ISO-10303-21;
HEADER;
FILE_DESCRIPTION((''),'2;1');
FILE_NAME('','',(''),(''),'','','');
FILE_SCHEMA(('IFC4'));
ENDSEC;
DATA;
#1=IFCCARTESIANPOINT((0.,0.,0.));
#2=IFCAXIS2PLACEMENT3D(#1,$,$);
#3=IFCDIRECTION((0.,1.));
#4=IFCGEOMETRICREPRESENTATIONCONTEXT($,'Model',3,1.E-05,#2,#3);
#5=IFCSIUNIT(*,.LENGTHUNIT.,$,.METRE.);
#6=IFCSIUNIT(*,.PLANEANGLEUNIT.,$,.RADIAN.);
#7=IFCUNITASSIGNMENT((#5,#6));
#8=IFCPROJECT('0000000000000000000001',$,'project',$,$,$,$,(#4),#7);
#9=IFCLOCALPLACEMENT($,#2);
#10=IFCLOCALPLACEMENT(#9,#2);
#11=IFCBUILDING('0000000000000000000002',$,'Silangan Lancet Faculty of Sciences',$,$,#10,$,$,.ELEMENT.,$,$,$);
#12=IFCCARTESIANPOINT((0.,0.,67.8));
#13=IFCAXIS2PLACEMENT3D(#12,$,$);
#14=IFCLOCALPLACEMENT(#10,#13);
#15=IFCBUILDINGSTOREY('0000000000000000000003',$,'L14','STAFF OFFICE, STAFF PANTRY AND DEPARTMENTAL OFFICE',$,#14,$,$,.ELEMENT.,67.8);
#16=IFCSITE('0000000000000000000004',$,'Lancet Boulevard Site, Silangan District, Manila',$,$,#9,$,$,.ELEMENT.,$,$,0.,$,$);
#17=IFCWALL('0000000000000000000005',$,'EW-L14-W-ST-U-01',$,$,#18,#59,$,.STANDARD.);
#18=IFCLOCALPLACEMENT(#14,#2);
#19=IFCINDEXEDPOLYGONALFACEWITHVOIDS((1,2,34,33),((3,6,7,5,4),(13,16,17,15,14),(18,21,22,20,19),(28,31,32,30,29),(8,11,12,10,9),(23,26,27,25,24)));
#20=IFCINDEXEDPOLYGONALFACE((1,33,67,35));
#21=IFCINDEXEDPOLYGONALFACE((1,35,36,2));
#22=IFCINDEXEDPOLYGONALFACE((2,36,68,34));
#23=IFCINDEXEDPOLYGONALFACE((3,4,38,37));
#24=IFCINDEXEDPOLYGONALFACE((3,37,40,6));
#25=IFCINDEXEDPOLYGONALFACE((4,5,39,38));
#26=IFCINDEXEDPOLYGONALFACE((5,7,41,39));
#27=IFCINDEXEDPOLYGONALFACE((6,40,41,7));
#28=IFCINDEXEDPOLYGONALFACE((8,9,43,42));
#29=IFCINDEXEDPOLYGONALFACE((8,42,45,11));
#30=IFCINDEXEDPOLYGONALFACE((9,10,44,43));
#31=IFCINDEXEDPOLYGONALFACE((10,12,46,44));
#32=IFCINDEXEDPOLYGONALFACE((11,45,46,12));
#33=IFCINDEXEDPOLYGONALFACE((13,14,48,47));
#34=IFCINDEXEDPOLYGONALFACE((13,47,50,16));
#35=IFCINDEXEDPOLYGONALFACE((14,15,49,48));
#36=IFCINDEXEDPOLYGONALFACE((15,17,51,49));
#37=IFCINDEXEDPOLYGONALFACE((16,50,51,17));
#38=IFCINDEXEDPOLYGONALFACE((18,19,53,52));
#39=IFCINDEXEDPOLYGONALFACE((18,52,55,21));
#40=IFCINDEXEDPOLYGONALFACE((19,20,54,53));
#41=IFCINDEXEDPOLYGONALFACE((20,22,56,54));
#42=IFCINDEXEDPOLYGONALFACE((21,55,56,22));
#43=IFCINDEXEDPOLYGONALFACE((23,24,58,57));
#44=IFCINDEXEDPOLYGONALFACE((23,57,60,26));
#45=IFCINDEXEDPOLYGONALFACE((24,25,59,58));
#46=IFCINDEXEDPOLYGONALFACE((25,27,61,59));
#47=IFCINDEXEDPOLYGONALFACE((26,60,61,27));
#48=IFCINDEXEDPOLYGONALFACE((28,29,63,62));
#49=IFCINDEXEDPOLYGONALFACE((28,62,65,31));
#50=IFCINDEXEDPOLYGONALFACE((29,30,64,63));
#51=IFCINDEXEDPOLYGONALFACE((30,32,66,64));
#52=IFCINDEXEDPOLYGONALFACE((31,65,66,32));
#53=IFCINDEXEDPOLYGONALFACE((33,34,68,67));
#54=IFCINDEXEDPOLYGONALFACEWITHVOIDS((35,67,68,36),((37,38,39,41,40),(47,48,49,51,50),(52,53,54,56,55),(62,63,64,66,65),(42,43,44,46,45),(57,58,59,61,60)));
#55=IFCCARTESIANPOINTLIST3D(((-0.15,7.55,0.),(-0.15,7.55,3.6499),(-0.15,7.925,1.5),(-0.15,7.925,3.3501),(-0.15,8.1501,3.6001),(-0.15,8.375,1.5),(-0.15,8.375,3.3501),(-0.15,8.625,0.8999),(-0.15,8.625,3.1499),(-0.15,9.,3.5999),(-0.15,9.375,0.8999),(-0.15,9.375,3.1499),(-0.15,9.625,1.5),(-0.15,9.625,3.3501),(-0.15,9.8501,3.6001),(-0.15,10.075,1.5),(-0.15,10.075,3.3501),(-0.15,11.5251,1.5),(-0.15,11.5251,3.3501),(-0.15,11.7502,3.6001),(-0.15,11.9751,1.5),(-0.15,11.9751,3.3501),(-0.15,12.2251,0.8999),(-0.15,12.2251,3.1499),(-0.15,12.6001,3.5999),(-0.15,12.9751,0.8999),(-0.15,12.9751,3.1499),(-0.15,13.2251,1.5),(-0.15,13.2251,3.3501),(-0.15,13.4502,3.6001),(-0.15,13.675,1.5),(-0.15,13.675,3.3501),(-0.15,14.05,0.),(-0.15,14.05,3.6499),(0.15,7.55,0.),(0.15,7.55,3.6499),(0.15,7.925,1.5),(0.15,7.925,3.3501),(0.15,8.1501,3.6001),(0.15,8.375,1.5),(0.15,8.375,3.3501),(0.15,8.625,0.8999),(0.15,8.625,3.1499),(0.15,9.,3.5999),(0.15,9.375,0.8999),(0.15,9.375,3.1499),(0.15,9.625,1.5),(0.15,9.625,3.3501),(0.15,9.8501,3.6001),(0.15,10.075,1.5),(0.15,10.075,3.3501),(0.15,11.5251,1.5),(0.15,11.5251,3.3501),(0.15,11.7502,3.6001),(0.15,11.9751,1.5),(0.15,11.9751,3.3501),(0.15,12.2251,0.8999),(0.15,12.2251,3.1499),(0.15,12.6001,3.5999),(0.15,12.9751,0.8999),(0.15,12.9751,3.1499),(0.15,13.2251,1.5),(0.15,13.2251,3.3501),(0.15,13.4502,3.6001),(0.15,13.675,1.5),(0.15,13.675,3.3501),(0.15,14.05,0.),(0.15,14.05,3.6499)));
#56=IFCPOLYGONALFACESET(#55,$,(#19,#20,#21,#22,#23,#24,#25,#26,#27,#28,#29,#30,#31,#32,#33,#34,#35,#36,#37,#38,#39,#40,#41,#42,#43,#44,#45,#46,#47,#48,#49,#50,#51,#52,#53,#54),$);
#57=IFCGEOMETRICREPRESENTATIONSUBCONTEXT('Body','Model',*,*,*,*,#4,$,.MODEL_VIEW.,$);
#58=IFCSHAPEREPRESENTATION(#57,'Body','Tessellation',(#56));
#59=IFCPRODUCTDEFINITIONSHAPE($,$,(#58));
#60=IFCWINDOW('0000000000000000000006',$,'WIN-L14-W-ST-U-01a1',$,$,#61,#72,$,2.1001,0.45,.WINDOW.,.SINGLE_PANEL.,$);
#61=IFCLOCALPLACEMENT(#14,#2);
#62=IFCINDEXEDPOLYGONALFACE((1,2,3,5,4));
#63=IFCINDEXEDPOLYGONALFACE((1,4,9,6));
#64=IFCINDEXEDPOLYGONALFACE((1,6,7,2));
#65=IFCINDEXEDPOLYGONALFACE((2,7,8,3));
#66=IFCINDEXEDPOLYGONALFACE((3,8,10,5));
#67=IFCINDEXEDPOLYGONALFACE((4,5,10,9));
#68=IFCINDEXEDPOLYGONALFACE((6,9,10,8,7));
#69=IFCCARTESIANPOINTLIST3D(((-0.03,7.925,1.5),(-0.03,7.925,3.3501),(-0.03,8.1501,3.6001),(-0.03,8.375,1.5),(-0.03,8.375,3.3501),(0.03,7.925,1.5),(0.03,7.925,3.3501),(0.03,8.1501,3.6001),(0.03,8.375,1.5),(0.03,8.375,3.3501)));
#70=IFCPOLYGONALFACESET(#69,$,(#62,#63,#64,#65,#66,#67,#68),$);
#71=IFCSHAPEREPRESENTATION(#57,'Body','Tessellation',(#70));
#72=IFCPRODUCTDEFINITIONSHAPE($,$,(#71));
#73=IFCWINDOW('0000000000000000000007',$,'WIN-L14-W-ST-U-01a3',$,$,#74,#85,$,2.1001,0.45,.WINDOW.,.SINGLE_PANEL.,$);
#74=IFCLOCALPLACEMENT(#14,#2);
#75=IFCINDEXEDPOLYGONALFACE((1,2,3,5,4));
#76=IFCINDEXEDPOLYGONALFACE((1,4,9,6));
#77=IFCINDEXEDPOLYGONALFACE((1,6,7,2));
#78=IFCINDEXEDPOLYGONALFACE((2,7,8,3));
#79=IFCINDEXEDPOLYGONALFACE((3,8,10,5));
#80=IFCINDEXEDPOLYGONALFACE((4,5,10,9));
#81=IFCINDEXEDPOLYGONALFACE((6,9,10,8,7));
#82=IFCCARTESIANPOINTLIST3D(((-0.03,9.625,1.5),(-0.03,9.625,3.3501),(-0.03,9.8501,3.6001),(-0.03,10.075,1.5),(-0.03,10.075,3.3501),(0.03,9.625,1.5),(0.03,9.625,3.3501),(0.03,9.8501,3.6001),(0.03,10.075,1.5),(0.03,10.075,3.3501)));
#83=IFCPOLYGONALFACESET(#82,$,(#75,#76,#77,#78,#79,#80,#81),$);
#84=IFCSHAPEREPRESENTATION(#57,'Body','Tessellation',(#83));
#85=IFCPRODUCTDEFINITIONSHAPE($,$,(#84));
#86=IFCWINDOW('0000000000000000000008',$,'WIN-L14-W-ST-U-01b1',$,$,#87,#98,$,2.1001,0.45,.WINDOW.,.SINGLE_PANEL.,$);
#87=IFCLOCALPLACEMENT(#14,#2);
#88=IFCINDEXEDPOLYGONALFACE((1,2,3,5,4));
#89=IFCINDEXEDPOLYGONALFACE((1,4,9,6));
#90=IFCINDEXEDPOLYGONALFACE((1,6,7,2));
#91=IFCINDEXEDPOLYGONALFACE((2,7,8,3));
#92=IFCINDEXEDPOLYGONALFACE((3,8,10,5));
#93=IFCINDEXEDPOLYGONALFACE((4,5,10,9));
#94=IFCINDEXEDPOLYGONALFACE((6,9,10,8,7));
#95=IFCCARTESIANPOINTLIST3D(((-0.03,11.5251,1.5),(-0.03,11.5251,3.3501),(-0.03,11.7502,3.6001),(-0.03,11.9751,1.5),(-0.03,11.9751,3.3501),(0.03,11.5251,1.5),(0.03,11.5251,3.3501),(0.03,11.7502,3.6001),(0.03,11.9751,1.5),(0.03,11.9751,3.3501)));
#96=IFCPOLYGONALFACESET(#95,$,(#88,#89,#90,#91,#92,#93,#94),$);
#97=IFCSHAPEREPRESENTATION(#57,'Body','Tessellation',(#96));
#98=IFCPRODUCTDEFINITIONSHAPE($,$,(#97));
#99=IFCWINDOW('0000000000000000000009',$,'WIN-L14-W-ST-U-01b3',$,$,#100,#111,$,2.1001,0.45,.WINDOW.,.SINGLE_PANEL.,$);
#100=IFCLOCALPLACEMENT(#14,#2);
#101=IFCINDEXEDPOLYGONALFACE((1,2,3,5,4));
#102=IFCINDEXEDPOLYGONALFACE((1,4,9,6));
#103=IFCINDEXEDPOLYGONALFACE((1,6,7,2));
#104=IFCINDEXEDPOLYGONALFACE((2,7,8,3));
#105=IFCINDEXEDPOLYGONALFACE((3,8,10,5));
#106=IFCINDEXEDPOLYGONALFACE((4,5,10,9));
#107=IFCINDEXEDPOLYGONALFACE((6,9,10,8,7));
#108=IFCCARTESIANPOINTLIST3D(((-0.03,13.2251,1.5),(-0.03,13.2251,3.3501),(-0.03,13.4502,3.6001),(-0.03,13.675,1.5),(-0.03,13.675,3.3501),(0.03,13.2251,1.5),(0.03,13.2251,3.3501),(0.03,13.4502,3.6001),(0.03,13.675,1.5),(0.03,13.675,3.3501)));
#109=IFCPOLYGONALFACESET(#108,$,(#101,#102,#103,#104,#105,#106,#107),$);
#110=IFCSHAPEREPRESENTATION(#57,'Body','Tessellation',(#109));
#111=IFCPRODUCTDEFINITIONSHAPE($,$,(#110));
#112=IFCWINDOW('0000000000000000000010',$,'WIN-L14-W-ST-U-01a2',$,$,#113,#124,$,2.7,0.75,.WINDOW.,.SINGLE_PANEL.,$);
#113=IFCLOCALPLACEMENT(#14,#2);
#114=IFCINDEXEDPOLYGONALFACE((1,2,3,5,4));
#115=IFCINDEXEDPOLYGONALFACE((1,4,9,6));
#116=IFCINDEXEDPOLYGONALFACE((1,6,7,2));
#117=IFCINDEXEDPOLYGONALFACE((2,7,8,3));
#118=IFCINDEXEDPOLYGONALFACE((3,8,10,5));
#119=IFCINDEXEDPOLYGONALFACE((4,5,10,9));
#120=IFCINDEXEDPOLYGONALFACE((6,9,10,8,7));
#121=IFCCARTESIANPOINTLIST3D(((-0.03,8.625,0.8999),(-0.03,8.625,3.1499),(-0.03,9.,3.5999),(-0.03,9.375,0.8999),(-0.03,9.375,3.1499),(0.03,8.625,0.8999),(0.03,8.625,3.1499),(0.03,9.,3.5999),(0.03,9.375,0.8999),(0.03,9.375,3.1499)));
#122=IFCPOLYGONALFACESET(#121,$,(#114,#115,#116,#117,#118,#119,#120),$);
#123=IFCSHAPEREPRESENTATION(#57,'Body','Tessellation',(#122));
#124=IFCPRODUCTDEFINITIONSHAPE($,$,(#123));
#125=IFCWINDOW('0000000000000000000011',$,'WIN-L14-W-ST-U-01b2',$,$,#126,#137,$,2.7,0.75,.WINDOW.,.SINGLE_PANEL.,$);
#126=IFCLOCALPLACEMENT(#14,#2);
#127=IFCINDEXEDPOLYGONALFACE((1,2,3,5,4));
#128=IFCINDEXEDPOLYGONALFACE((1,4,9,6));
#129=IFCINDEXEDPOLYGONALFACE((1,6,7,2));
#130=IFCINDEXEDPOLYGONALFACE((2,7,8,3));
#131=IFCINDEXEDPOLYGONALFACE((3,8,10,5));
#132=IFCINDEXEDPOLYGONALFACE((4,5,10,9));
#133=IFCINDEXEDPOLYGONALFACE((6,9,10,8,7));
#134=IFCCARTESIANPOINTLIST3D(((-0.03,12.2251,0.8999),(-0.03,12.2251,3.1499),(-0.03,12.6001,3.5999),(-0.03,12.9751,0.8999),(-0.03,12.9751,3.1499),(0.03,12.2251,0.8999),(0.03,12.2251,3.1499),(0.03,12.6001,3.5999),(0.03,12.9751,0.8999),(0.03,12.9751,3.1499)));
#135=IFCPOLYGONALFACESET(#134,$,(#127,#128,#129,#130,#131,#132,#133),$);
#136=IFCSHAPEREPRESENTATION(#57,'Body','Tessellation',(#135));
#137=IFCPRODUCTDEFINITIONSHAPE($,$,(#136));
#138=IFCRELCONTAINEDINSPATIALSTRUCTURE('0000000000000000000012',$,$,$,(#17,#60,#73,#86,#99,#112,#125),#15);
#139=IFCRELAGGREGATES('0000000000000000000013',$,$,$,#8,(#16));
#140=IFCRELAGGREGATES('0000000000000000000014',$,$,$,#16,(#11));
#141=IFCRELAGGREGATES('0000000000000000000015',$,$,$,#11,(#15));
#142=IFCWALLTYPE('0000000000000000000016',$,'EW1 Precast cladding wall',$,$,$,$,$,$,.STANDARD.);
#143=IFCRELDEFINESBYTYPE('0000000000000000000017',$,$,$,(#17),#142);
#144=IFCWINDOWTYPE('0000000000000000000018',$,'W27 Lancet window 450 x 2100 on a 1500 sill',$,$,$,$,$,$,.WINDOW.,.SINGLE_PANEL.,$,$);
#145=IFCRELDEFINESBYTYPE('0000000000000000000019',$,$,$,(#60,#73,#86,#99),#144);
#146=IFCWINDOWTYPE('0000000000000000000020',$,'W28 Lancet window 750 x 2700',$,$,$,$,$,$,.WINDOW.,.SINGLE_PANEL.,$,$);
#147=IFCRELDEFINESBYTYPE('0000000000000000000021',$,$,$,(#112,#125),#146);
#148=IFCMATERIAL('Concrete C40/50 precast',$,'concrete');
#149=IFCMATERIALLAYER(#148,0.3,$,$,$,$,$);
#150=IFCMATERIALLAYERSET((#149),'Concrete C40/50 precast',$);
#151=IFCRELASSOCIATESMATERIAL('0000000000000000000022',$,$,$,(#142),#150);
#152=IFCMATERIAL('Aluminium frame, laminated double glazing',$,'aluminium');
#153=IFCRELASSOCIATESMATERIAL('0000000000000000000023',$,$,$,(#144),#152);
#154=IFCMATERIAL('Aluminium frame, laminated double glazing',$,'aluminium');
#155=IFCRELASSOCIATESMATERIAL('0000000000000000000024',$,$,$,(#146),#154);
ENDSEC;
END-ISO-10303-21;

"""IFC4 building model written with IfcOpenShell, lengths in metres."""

from ifc_helpers import new_model, si_unit, direction, frame, frame_2d, origin, place, context, subcontext, project, spatial, polyline, rectangle, outline, extrude, material, layer, layer_set, type_object, element, fill, save


model = new_model("IFC4")

# Units and contexts
model_context = context("Model", 3, precision=1e-05, world=origin(), true_north=direction((0.0, 1.0)))
body_context = subcontext(model_context, "Body", "Model", "MODEL_VIEW")
ifc_project = project(units=[si_unit("LENGTHUNIT", "METRE"), si_unit("PLANEANGLEUNIT", "RADIAN")], contexts=[model_context])

# Site, building, storey
site_placement = place(None, origin())
site = spatial("IfcSite", under=ifc_project, at=site_placement, Name="Lancet Boulevard Site, Silangan District, Manila", CompositionType="ELEMENT", RefElevation=0.0)
building_placement = place(site_placement, origin())
building = spatial("IfcBuilding", under=site, at=building_placement, Name="Silangan Lancet Faculty of Sciences", CompositionType="ELEMENT")
storey_placement = place(building_placement, frame((0.0, 0.0, 67.8)))
storey = spatial("IfcBuildingStorey", under=building, at=storey_placement, Name="L14", Description="STAFF OFFICE, STAFF PANTRY AND DEPARTMENTAL OFFICE", CompositionType="ELEMENT", Elevation=67.8)

# Wall, openings, windows
ifc_material_1 = material(Name="Concrete C40/50 precast", Category="concrete")
ifc_layer_1 = layer(ifc_material_1, 0.3)
ifc_layer_set_1 = layer_set([ifc_layer_1], Name="Concrete C40/50 precast")
wall_type_1 = type_object("IfcWallType", Name="EW1 Precast cladding wall", PredefinedType="STANDARD", material=ifc_layer_set_1)
wall_1_placement = place(storey_placement, frame((0.0, 7.55, 0.0), z_axis=(0.0, 0.0, 1.0), x_axis=(0.0, 1.0, 0.0)))
wall_1 = element("IfcWall", 1, at=wall_1_placement, inside=storey, type_object=wall_type_1, Name="EW-L14-W-ST-U-01", PredefinedType="STANDARD", context=body_context, shape_type="SweptSolid", body=[
    extrude(rectangle(XDim=6.5, YDim=0.3, at=frame_2d((3.25, 0.0))), origin(), (0.0, 0.0, 1.0), 3.6499),
])
opening_1_placement = place(wall_1_placement, frame((0.375, 0.0, 1.5)))
opening_1 = element("IfcOpeningElement", 2, at=opening_1_placement, cuts=wall_1, PredefinedType="OPENING", context=body_context, shape_type="SweptSolid", body=[
    extrude(outline(polyline([(0.0, 0.0), (0.45, 0.0), (0.45, 1.8501), (0.2251, 2.1001), (0.0, 1.8501), (0.0, 0.0)])), frame((0.0, 0.1599, 0.0), z_axis=(0.0, -1.0, 0.0), x_axis=(1.0, 0.0, 0.0)), (0.0, 0.0, 1.0), 0.3201),
])
opening_2_placement = place(wall_1_placement, frame((1.075, 0.0, 0.8999)))
opening_2 = element("IfcOpeningElement", 3, at=opening_2_placement, cuts=wall_1, PredefinedType="OPENING", context=body_context, shape_type="SweptSolid", body=[
    extrude(outline(polyline([(0.0, 0.0), (0.75, 0.0), (0.75, 2.25), (0.375, 2.7), (0.0, 2.25), (0.0, 0.0)])), frame((0.0, 0.1599, 0.0), z_axis=(0.0, -1.0, 0.0), x_axis=(1.0, 0.0, 0.0)), (0.0, 0.0, 1.0), 0.3201),
])
opening_3_placement = place(wall_1_placement, frame((2.075, 0.0, 1.5)))
opening_3 = element("IfcOpeningElement", 4, at=opening_3_placement, cuts=wall_1, PredefinedType="OPENING", context=body_context, shape_type="SweptSolid", body=[
    extrude(outline(polyline([(0.0, 0.0), (0.45, 0.0), (0.45, 1.8501), (0.2251, 2.1001), (0.0, 1.8501), (0.0, 0.0)])), frame((0.0, 0.1599, 0.0), z_axis=(0.0, -1.0, 0.0), x_axis=(1.0, 0.0, 0.0)), (0.0, 0.0, 1.0), 0.3201),
])
opening_4_placement = place(wall_1_placement, frame((3.9751, 0.0, 1.5)))
opening_4 = element("IfcOpeningElement", 5, at=opening_4_placement, cuts=wall_1, PredefinedType="OPENING", context=body_context, shape_type="SweptSolid", body=[
    extrude(outline(polyline([(0.0, 0.0), (0.45, 0.0), (0.45, 1.8501), (0.2251, 2.1001), (0.0, 1.8501), (0.0, 0.0)])), frame((0.0, 0.1599, 0.0), z_axis=(0.0, -1.0, 0.0), x_axis=(1.0, 0.0, 0.0)), (0.0, 0.0, 1.0), 0.3201),
])
opening_5_placement = place(wall_1_placement, frame((4.675, 0.0, 0.8999)))
opening_5 = element("IfcOpeningElement", 6, at=opening_5_placement, cuts=wall_1, PredefinedType="OPENING", context=body_context, shape_type="SweptSolid", body=[
    extrude(outline(polyline([(0.0, 0.0), (0.75, 0.0), (0.75, 2.25), (0.375, 2.7), (0.0, 2.25), (0.0, 0.0)])), frame((0.0, 0.1599, 0.0), z_axis=(0.0, -1.0, 0.0), x_axis=(1.0, 0.0, 0.0)), (0.0, 0.0, 1.0), 0.3201),
])
opening_6_placement = place(wall_1_placement, frame((5.675, 0.0, 1.5)))
opening_6 = element("IfcOpeningElement", 7, at=opening_6_placement, cuts=wall_1, PredefinedType="OPENING", context=body_context, shape_type="SweptSolid", body=[
    extrude(outline(polyline([(0.0, 0.0), (0.45, 0.0), (0.45, 1.8501), (0.2251, 2.1001), (0.0, 1.8501), (0.0, 0.0)])), frame((0.0, 0.1599, 0.0), z_axis=(0.0, -1.0, 0.0), x_axis=(1.0, 0.0, 0.0)), (0.0, 0.0, 1.0), 0.3201),
])
ifc_material_2 = material(Name="Aluminium frame, laminated double glazing", Category="aluminium")
window_type_1 = type_object("IfcWindowType", Name="W27 Lancet window 450 x 2100 on a 1500 sill", PartitioningType="SINGLE_PANEL", PredefinedType="WINDOW", material=ifc_material_2)
window_1_placement = place(opening_1_placement, origin())
window_1 = element("IfcWindow", 8, at=window_1_placement, inside=storey, type_object=window_type_1, Name="WIN-L14-W-ST-U-01a1", OverallHeight=2.1001, OverallWidth=0.45, PartitioningType="SINGLE_PANEL", PredefinedType="WINDOW", context=body_context, shape_type="SweptSolid", body=[
    extrude(outline(polyline([(0.0, 0.0), (0.45, 0.0), (0.45, 1.8501), (0.2251, 2.1001), (0.0, 1.8501), (0.0, 0.0)])), frame((0.0, 0.03, 0.0), z_axis=(0.0, -1.0, 0.0), x_axis=(1.0, 0.0, 0.0)), (0.0, 0.0, 1.0), 0.0601),
])
fill(opening_1, window_1)
window_2_placement = place(opening_3_placement, origin())
window_2 = element("IfcWindow", 9, at=window_2_placement, inside=storey, type_object=window_type_1, Name="WIN-L14-W-ST-U-01a3", OverallHeight=2.1001, OverallWidth=0.45, PartitioningType="SINGLE_PANEL", PredefinedType="WINDOW", context=body_context, shape_type="SweptSolid", body=[
    extrude(outline(polyline([(0.0, 0.0), (0.45, 0.0), (0.45, 1.8501), (0.2251, 2.1001), (0.0, 1.8501), (0.0, 0.0)])), frame((0.0, 0.03, 0.0), z_axis=(0.0, -1.0, 0.0), x_axis=(1.0, 0.0, 0.0)), (0.0, 0.0, 1.0), 0.0601),
])
fill(opening_3, window_2)
window_3_placement = place(opening_4_placement, origin())
window_3 = element("IfcWindow", 10, at=window_3_placement, inside=storey, type_object=window_type_1, Name="WIN-L14-W-ST-U-01b1", OverallHeight=2.1001, OverallWidth=0.45, PartitioningType="SINGLE_PANEL", PredefinedType="WINDOW", context=body_context, shape_type="SweptSolid", body=[
    extrude(outline(polyline([(0.0, 0.0), (0.45, 0.0), (0.45, 1.8501), (0.2251, 2.1001), (0.0, 1.8501), (0.0, 0.0)])), frame((0.0, 0.03, 0.0), z_axis=(0.0, -1.0, 0.0), x_axis=(1.0, 0.0, 0.0)), (0.0, 0.0, 1.0), 0.0601),
])
fill(opening_4, window_3)
window_4_placement = place(opening_6_placement, origin())
window_4 = element("IfcWindow", 11, at=window_4_placement, inside=storey, type_object=window_type_1, Name="WIN-L14-W-ST-U-01b3", OverallHeight=2.1001, OverallWidth=0.45, PartitioningType="SINGLE_PANEL", PredefinedType="WINDOW", context=body_context, shape_type="SweptSolid", body=[
    extrude(outline(polyline([(0.0, 0.0), (0.45, 0.0), (0.45, 1.8501), (0.2251, 2.1001), (0.0, 1.8501), (0.0, 0.0)])), frame((0.0, 0.03, 0.0), z_axis=(0.0, -1.0, 0.0), x_axis=(1.0, 0.0, 0.0)), (0.0, 0.0, 1.0), 0.0601),
])
fill(opening_6, window_4)
ifc_material_3 = material(Name="Aluminium frame, laminated double glazing", Category="aluminium")
window_type_2 = type_object("IfcWindowType", Name="W28 Lancet window 750 x 2700", PartitioningType="SINGLE_PANEL", PredefinedType="WINDOW", material=ifc_material_3)
window_5_placement = place(opening_2_placement, origin())
window_5 = element("IfcWindow", 12, at=window_5_placement, inside=storey, type_object=window_type_2, Name="WIN-L14-W-ST-U-01a2", OverallHeight=2.7, OverallWidth=0.75, PartitioningType="SINGLE_PANEL", PredefinedType="WINDOW", context=body_context, shape_type="SweptSolid", body=[
    extrude(outline(polyline([(0.0, 0.0), (0.75, 0.0), (0.75, 2.25), (0.375, 2.7), (0.0, 2.25), (0.0, 0.0)])), frame((0.0, 0.03, 0.0), z_axis=(0.0, -1.0, 0.0), x_axis=(1.0, 0.0, 0.0)), (0.0, 0.0, 1.0), 0.0601),
])
fill(opening_2, window_5)
window_6_placement = place(opening_5_placement, origin())
window_6 = element("IfcWindow", 13, at=window_6_placement, inside=storey, type_object=window_type_2, Name="WIN-L14-W-ST-U-01b2", OverallHeight=2.7, OverallWidth=0.75, PartitioningType="SINGLE_PANEL", PredefinedType="WINDOW", context=body_context, shape_type="SweptSolid", body=[
    extrude(outline(polyline([(0.0, 0.0), (0.75, 0.0), (0.75, 2.25), (0.375, 2.7), (0.0, 2.25), (0.0, 0.0)])), frame((0.0, 0.03, 0.0), z_axis=(0.0, -1.0, 0.0), x_axis=(1.0, 0.0, 0.0)), (0.0, 0.0, 1.0), 0.0601),
])
fill(opening_5, window_6)

save(model, "model.ifc")
